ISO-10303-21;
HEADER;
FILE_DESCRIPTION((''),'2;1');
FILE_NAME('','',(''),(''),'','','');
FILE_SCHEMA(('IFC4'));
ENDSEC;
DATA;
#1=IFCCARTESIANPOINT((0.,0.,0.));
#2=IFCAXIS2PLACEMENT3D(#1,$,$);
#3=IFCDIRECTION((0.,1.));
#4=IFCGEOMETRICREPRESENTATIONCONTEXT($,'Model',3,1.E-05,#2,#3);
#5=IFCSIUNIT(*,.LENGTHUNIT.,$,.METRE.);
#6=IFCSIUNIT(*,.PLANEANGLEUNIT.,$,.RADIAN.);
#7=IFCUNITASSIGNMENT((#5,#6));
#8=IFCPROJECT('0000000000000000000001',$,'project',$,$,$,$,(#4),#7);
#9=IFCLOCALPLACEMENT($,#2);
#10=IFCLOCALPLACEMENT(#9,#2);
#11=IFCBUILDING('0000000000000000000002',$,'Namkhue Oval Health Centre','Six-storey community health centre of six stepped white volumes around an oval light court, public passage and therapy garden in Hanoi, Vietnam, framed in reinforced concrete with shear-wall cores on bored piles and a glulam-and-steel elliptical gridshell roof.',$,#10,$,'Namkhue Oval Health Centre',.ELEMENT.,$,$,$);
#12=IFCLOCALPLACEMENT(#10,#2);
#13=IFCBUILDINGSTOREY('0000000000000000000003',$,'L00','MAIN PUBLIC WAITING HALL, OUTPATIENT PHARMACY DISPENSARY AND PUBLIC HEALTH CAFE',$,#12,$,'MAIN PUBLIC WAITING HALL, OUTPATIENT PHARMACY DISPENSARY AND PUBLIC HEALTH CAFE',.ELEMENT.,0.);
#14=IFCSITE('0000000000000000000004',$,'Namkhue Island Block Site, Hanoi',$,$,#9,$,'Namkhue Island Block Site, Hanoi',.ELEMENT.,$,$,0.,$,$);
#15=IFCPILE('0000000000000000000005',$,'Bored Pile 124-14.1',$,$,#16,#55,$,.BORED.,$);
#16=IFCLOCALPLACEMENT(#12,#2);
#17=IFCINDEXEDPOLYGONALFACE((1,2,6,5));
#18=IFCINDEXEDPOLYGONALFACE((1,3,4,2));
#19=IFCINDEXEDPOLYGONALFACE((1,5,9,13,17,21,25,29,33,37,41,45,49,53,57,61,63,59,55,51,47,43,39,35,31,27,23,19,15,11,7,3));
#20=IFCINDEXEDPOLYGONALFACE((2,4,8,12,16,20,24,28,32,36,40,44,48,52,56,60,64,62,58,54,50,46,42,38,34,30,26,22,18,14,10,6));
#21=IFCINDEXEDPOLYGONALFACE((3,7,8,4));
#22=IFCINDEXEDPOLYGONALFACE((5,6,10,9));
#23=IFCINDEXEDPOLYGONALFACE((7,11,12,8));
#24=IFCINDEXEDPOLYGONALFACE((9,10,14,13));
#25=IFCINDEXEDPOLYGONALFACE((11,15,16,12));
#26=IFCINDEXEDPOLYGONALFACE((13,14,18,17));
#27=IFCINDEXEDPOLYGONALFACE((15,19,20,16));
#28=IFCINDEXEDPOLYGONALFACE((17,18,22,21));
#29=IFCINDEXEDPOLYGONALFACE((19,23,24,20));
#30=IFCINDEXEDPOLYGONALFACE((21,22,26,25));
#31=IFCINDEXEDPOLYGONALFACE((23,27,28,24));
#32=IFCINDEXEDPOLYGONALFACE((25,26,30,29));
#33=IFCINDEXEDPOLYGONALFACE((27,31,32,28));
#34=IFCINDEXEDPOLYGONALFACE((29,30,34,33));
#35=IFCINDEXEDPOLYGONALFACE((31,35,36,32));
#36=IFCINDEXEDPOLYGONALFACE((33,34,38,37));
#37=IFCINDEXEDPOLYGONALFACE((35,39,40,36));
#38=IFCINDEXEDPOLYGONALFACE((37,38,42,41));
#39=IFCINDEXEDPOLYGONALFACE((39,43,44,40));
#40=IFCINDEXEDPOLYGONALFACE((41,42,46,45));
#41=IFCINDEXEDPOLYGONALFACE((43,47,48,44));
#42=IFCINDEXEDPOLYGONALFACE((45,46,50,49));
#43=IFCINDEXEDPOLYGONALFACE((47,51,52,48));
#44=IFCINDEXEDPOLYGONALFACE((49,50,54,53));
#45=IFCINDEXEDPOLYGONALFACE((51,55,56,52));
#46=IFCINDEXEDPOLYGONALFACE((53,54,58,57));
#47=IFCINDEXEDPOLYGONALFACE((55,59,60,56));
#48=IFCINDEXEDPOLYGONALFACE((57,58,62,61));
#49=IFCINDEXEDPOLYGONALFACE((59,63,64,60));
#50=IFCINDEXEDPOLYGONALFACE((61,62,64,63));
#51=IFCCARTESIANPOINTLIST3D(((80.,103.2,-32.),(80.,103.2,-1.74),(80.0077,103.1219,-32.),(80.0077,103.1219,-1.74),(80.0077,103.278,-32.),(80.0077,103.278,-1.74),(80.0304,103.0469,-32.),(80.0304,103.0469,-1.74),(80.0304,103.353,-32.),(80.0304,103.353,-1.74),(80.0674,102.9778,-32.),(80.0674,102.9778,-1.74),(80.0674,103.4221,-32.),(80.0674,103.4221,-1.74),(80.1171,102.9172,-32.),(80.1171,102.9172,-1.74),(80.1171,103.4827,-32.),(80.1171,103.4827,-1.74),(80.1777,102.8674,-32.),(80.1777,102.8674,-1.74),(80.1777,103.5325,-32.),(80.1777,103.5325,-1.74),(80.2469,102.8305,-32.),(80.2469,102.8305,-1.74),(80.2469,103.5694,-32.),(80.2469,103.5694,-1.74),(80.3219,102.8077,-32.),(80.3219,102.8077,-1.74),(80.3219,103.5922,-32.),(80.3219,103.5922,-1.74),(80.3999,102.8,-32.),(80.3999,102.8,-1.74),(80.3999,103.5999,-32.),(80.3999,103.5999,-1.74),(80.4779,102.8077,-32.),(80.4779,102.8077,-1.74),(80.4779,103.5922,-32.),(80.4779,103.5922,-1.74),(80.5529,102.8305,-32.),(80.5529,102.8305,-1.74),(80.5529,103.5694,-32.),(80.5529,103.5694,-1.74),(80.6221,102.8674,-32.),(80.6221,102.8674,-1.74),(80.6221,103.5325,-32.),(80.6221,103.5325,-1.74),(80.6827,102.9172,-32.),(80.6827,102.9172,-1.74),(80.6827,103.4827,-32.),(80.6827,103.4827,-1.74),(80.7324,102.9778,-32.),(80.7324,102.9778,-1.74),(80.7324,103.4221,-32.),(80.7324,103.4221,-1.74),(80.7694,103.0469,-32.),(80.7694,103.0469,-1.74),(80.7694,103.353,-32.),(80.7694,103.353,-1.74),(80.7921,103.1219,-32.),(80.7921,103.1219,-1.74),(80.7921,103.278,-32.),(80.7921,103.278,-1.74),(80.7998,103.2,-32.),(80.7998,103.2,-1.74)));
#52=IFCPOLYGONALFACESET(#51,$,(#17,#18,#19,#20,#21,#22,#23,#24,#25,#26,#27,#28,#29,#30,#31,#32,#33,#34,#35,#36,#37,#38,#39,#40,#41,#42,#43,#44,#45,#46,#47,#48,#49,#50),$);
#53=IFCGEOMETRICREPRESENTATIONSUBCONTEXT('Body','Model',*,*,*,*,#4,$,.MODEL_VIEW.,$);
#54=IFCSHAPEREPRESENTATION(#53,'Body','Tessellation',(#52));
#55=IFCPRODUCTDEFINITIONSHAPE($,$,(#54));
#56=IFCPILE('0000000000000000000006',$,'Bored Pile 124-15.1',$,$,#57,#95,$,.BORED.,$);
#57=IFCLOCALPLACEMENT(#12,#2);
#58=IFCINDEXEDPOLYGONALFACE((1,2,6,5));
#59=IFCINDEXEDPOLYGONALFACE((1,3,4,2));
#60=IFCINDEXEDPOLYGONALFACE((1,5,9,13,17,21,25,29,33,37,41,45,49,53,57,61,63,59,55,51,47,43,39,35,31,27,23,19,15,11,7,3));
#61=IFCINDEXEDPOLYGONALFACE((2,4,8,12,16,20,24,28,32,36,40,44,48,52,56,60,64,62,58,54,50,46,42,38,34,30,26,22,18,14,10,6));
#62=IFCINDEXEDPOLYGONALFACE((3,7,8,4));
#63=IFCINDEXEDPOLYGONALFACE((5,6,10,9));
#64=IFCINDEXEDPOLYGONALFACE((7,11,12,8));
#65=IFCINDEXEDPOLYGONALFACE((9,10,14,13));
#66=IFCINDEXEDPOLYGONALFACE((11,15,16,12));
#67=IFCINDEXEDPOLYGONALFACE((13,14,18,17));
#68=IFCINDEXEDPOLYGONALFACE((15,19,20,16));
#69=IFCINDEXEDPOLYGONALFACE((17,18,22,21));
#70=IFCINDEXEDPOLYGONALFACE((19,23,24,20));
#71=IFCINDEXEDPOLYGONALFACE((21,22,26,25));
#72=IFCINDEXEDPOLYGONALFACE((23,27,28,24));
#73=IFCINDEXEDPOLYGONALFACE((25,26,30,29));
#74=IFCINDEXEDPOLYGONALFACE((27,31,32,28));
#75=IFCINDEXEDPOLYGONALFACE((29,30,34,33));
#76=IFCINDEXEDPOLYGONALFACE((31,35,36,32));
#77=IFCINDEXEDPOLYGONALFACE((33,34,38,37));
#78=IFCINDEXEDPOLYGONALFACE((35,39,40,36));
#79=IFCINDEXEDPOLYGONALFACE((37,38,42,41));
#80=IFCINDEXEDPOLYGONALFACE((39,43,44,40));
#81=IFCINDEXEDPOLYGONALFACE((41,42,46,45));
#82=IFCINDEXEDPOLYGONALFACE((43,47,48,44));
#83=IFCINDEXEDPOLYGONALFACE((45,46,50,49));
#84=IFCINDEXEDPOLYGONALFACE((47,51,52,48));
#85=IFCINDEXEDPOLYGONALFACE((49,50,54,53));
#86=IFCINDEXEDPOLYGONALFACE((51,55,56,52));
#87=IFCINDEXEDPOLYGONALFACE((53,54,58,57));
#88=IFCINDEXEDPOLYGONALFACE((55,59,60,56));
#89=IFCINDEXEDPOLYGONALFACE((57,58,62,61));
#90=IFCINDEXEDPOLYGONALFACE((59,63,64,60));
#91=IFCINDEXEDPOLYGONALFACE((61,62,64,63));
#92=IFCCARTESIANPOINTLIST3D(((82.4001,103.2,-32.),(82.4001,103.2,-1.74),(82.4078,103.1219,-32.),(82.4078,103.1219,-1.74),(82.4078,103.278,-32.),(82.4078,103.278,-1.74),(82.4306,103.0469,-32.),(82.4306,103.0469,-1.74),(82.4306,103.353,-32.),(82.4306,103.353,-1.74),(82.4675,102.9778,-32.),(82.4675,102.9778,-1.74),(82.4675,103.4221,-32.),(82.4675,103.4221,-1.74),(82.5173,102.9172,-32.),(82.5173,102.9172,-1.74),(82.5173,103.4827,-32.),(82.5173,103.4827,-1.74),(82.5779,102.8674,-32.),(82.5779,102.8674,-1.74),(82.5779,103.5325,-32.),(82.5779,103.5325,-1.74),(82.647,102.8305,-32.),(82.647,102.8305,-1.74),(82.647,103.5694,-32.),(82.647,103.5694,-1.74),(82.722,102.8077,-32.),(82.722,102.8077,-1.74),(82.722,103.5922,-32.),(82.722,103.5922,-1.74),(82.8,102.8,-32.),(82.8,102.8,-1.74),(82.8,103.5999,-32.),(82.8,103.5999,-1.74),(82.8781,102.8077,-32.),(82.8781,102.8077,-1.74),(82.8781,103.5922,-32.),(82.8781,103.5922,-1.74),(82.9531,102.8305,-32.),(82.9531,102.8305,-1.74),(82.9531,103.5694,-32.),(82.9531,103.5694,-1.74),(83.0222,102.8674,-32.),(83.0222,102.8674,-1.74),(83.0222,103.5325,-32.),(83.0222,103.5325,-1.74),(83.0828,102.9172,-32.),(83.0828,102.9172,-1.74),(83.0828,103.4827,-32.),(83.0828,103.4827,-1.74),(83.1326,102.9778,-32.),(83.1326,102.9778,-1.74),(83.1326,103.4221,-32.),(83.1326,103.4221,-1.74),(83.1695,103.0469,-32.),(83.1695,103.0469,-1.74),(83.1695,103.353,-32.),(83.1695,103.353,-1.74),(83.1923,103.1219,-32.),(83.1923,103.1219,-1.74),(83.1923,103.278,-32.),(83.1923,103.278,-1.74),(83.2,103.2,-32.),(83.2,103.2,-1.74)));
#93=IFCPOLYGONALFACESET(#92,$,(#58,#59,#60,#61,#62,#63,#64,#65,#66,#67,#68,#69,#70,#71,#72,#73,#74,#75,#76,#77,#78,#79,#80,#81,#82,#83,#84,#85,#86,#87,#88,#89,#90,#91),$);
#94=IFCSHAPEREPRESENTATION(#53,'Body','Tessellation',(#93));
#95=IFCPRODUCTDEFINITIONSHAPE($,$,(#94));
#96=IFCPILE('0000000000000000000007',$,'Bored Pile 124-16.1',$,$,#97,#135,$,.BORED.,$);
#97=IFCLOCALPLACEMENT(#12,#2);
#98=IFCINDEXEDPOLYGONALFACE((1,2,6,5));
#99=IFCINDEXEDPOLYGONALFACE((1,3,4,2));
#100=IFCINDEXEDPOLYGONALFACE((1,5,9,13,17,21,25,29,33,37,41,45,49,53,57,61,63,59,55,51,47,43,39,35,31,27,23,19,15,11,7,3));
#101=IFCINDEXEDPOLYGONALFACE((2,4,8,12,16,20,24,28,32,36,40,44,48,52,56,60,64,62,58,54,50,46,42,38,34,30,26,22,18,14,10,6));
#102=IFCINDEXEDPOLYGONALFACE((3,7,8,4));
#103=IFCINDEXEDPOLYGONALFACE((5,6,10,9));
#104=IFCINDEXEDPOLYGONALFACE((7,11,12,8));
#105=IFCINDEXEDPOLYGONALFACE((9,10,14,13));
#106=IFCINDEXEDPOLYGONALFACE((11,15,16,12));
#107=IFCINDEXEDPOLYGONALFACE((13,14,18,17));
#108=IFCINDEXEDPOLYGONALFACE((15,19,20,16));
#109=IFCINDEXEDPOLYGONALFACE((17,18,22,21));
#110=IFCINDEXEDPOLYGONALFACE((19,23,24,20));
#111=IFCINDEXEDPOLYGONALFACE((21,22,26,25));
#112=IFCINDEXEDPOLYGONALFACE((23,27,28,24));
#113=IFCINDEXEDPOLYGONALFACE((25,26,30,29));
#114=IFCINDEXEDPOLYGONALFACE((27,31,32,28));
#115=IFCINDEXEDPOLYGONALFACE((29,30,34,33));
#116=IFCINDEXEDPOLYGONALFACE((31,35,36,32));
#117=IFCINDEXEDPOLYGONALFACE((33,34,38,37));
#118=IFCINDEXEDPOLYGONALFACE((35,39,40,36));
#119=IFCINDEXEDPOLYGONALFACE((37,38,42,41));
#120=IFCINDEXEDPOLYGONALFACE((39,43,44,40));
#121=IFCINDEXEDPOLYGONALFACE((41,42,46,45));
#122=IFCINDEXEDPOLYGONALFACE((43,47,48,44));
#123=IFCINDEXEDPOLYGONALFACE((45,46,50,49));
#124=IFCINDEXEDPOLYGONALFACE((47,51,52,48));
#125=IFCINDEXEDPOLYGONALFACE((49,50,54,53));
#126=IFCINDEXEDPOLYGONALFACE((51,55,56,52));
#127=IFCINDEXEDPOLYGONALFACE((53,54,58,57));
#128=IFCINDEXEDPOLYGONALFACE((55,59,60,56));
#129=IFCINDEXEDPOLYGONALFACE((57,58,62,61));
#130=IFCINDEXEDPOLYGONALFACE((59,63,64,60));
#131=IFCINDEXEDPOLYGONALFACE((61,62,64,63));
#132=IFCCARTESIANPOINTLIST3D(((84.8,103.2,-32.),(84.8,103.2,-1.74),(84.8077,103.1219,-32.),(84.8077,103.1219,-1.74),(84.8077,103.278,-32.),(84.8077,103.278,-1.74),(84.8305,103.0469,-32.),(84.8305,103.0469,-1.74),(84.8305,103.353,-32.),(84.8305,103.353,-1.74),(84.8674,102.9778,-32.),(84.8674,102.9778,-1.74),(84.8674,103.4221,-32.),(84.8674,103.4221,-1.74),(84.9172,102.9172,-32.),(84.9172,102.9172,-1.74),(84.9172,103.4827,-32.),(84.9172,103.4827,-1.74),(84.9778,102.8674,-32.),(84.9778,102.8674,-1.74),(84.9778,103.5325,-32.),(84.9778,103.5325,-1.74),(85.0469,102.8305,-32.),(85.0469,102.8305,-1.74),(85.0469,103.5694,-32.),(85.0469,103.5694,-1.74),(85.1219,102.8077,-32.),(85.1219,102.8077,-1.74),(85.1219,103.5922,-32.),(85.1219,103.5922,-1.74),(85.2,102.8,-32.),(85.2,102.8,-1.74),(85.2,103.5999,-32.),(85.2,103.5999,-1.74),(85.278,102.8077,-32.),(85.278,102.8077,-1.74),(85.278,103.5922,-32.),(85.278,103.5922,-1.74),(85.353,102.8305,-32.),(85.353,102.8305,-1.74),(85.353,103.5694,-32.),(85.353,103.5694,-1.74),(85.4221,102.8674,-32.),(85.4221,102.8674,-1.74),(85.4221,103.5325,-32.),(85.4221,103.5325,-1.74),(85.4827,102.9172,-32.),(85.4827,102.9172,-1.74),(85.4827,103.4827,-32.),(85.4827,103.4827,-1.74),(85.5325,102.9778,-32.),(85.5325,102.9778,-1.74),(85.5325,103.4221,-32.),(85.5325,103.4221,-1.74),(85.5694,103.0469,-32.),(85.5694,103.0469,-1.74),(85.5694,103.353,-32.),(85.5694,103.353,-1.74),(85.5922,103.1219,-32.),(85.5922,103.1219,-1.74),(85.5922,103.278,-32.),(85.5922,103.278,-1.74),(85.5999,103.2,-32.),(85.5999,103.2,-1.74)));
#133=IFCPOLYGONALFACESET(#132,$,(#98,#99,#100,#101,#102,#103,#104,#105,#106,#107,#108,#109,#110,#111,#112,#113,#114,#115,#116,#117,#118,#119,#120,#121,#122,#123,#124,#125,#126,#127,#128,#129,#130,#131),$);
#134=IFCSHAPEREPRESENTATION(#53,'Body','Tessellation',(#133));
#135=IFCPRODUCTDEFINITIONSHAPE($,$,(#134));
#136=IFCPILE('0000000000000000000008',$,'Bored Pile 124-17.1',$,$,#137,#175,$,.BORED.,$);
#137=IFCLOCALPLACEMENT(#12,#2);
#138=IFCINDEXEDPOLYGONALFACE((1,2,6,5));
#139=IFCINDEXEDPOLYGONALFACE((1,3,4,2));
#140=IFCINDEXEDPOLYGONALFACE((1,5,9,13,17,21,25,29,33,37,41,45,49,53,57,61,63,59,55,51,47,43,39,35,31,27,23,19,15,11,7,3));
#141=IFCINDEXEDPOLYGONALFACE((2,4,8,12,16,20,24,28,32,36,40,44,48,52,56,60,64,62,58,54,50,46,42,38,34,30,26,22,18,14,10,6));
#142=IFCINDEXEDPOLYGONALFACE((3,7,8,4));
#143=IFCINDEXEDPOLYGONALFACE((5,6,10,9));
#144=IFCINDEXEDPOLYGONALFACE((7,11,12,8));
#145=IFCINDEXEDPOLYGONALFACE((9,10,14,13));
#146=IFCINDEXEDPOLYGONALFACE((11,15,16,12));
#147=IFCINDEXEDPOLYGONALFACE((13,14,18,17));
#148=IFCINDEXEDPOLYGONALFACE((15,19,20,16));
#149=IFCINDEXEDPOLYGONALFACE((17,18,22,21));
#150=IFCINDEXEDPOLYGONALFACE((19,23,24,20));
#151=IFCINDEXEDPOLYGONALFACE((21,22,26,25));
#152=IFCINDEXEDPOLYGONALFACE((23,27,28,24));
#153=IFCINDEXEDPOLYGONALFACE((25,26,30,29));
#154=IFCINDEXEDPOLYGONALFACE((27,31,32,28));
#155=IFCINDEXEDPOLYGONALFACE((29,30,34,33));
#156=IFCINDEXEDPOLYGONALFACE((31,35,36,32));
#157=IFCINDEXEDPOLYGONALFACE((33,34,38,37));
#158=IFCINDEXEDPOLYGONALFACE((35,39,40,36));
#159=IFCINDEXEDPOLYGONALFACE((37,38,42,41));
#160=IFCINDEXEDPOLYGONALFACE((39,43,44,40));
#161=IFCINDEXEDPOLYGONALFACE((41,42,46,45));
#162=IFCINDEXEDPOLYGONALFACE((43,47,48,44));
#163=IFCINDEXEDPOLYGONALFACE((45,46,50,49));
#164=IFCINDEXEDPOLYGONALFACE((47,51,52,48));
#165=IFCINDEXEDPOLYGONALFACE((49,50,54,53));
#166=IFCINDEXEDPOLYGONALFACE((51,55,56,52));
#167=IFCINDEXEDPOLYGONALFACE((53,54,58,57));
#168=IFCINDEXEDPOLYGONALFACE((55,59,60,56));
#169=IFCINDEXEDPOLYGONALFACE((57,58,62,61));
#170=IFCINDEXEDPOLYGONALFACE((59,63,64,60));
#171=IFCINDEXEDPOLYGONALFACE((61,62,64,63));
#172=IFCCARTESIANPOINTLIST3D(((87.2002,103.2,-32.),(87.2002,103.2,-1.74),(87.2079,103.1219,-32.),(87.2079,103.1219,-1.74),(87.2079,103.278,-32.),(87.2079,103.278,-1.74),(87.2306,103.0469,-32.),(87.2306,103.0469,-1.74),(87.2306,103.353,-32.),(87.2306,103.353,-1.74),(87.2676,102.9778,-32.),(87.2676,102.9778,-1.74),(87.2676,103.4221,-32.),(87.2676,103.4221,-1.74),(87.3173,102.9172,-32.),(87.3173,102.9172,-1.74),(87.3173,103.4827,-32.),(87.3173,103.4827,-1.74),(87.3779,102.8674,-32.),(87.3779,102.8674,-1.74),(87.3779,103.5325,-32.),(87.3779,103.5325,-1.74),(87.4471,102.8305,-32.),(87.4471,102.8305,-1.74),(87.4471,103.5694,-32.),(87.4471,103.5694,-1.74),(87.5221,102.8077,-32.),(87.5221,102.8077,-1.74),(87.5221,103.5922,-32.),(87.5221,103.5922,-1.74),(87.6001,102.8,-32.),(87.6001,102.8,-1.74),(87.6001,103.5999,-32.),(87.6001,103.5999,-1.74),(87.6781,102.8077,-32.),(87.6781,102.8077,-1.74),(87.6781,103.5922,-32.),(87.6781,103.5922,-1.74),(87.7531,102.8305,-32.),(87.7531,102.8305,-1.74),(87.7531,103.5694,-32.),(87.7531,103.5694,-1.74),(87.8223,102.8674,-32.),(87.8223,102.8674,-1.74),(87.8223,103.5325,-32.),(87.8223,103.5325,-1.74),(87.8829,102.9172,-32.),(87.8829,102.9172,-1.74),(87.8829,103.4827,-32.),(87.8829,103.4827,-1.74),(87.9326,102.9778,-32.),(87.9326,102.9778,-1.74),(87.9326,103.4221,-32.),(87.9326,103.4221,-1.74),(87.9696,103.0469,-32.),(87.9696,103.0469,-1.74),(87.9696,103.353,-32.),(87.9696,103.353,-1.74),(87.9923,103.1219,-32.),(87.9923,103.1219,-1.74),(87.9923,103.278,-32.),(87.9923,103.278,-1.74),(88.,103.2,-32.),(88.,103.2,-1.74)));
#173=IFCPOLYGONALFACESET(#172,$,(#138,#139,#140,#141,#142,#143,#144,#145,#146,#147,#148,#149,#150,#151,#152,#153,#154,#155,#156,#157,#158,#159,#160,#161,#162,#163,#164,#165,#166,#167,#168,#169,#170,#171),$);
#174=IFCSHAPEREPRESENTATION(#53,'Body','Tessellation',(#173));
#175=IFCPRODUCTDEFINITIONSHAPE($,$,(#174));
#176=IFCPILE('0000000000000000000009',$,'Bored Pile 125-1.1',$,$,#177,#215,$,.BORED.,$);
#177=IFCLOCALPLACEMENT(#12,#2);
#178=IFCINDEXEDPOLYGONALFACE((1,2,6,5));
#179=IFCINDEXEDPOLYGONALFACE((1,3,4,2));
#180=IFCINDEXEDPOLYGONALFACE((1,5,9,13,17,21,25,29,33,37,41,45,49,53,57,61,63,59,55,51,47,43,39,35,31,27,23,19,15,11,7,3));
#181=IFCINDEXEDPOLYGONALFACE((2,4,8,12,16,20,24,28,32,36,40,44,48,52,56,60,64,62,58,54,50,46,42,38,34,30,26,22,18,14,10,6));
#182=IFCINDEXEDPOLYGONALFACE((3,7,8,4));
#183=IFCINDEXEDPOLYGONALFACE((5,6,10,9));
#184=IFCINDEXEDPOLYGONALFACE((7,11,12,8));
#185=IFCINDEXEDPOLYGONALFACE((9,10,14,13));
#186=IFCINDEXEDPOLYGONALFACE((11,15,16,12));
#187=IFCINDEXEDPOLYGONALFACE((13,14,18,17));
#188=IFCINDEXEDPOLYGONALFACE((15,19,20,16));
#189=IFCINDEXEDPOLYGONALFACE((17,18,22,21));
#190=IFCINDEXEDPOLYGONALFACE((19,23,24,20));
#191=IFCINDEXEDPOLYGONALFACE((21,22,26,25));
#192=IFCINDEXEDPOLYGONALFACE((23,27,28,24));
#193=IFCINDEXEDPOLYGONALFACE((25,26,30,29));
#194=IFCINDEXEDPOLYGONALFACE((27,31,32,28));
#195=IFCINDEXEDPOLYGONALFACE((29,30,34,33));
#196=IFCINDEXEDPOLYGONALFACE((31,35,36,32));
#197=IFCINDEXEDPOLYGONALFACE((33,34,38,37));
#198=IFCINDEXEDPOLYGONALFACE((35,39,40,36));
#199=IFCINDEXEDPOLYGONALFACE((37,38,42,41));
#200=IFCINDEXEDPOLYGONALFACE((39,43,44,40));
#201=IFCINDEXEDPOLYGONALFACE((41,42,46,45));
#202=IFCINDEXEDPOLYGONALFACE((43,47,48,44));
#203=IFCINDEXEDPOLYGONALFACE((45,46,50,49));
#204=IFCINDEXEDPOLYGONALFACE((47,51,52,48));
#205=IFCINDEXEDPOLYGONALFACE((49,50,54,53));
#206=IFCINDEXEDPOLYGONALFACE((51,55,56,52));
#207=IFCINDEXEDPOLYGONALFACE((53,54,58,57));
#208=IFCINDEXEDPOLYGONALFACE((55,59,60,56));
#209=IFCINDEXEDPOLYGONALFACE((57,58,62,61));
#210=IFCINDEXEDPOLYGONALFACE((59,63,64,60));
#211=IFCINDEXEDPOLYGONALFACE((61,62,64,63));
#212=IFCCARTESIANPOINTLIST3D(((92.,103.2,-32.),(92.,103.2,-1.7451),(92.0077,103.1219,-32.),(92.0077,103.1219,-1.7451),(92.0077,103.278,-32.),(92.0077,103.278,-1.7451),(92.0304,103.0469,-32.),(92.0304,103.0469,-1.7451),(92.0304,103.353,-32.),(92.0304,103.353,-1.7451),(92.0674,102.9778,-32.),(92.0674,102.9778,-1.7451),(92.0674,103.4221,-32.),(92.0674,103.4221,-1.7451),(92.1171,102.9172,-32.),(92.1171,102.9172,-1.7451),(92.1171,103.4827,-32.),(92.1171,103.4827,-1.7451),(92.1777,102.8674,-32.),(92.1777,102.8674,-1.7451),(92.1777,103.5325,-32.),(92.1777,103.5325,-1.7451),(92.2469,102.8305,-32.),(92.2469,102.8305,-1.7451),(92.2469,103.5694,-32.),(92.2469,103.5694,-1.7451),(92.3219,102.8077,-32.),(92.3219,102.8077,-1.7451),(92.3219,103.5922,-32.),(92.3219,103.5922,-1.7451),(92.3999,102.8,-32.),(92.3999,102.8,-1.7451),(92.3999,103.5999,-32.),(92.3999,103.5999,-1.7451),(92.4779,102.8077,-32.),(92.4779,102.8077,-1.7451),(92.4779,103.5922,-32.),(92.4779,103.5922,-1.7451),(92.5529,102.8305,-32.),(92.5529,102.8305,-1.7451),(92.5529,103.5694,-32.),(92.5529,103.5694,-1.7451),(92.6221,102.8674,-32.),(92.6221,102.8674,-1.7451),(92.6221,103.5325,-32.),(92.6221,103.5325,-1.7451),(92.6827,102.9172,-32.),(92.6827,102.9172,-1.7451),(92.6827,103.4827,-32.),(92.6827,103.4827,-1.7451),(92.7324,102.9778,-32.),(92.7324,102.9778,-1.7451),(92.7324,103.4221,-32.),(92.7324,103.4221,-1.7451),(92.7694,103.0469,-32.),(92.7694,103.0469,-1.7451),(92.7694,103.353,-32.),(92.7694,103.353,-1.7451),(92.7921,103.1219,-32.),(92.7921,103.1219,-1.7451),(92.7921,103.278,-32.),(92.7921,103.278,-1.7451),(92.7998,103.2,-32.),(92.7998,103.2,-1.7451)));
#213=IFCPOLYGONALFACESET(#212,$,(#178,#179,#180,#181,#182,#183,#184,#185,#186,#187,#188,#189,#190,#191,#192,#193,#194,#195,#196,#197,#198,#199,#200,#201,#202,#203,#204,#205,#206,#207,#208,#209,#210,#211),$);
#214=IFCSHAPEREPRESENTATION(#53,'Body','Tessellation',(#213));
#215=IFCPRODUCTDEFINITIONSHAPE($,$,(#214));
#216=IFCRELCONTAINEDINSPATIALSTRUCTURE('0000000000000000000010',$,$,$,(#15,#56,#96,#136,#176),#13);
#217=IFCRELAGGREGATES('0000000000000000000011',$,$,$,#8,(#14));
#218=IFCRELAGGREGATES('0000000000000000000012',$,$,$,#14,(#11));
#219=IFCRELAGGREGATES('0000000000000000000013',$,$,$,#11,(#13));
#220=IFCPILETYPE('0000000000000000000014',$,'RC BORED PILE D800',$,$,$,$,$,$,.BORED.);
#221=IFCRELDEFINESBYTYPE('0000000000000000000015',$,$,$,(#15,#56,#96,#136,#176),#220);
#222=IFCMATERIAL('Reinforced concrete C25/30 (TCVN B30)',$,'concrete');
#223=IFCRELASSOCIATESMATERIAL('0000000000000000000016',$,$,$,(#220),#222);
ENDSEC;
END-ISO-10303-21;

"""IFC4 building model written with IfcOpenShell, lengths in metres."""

from ifc_helpers import new_model, si_unit, direction, frame, origin, origin_2d, place, context, subcontext, project, spatial, circle, extrude, material, material_profile, profile_set, type_object, element, save


model = new_model("IFC4")

# Units and contexts
model_context = context("Model", 3, precision=1e-05, world=origin(), true_north=direction((0.0, 1.0)))
body_context = subcontext(model_context, "Body", "Model", "MODEL_VIEW")
ifc_project = project(units=[si_unit("LENGTHUNIT", "METRE"), si_unit("PLANEANGLEUNIT", "RADIAN")], contexts=[model_context])

# Site, building, storey
site_placement = place(None, origin())
site = spatial("IfcSite", under=ifc_project, at=site_placement, Name="Namkhue Island Block Site, Hanoi", LongName="Namkhue Island Block Site, Hanoi", CompositionType="ELEMENT", RefElevation=0.0)
building_placement = place(site_placement, origin())
building = spatial("IfcBuilding", under=site, at=building_placement, Name="Namkhue Oval Health Centre", Description="Six-storey community health centre of six stepped white volumes around an oval light court, public passage and therapy garden in Hanoi, Vietnam, framed in reinforced concrete with shear-wall cores on bored piles and a glulam-and-steel elliptical gridshell roof.", LongName="Namkhue Oval Health Centre", CompositionType="ELEMENT")
storey_placement = place(building_placement, origin())
storey = spatial("IfcBuildingStorey", under=building, at=storey_placement, Name="L00", Description="MAIN PUBLIC WAITING HALL, OUTPATIENT PHARMACY DISPENSARY AND PUBLIC HEALTH CAFE", LongName="MAIN PUBLIC WAITING HALL, OUTPATIENT PHARMACY DISPENSARY AND PUBLIC HEALTH CAFE", CompositionType="ELEMENT", Elevation=0.0)

# Piles
ifc_material_1 = material(Name="Reinforced concrete C25/30 (TCVN B30)", Category="concrete")
ifc_material_profile_1 = material_profile(ifc_material_1, circle(Radius=0.3999, at=origin_2d()), Name="BORED PILE D800")
ifc_profile_set_1 = profile_set([ifc_material_profile_1], Name="Reinforced concrete C25/30 (TCVN B30)")
pile_type_1 = type_object("IfcPileType", Name="RC BORED PILE D800", PredefinedType="BORED", material=ifc_profile_set_1)
for number, where, z_axis, x_axis, name in (
    (1, (80.3999, 103.2, -1.74), (0.0, 0.0, -1.0), (1.0, 0.0, 0.0), "Bored Pile 124-14.1"),
    (2, (82.8, 103.2, -1.74), (0.0, 0.0, -1.0), (1.0, 0.0, 0.0), "Bored Pile 124-15.1"),
    (3, (85.2, 103.2, -1.74), (0.0, 0.0, -1.0), (1.0, 0.0, 0.0), "Bored Pile 124-16.1"),
    (4, (87.6001, 103.2, -1.74), (0.0, 0.0, -1.0), (1.0, 0.0, 0.0), "Bored Pile 124-17.1"),
):
    element("IfcPile", number, at=place(storey_placement, frame(where, z_axis=z_axis, x_axis=x_axis)), inside=storey, type_object=pile_type_1, Name=name, PredefinedType="BORED", context=body_context, shape_type="SweptSolid", body=[
        extrude(circle(Radius=0.3999, at=origin_2d()), origin(), (0.0, 0.0, 1.0), 30.26),
    ])
pile_1_placement = place(storey_placement, frame((92.3999, 103.2, -1.7451), z_axis=(0.0, 0.0, -1.0), x_axis=(1.0, 0.0, 0.0)))
element("IfcPile", 5, at=pile_1_placement, inside=storey, type_object=pile_type_1, Name="Bored Pile 125-1.1", PredefinedType="BORED", context=body_context, shape_type="SweptSolid", body=[
    extrude(circle(Radius=0.3999, at=origin_2d()), origin(), (0.0, 0.0, 1.0), 30.2549),
])

save(model, "model.ifc")
